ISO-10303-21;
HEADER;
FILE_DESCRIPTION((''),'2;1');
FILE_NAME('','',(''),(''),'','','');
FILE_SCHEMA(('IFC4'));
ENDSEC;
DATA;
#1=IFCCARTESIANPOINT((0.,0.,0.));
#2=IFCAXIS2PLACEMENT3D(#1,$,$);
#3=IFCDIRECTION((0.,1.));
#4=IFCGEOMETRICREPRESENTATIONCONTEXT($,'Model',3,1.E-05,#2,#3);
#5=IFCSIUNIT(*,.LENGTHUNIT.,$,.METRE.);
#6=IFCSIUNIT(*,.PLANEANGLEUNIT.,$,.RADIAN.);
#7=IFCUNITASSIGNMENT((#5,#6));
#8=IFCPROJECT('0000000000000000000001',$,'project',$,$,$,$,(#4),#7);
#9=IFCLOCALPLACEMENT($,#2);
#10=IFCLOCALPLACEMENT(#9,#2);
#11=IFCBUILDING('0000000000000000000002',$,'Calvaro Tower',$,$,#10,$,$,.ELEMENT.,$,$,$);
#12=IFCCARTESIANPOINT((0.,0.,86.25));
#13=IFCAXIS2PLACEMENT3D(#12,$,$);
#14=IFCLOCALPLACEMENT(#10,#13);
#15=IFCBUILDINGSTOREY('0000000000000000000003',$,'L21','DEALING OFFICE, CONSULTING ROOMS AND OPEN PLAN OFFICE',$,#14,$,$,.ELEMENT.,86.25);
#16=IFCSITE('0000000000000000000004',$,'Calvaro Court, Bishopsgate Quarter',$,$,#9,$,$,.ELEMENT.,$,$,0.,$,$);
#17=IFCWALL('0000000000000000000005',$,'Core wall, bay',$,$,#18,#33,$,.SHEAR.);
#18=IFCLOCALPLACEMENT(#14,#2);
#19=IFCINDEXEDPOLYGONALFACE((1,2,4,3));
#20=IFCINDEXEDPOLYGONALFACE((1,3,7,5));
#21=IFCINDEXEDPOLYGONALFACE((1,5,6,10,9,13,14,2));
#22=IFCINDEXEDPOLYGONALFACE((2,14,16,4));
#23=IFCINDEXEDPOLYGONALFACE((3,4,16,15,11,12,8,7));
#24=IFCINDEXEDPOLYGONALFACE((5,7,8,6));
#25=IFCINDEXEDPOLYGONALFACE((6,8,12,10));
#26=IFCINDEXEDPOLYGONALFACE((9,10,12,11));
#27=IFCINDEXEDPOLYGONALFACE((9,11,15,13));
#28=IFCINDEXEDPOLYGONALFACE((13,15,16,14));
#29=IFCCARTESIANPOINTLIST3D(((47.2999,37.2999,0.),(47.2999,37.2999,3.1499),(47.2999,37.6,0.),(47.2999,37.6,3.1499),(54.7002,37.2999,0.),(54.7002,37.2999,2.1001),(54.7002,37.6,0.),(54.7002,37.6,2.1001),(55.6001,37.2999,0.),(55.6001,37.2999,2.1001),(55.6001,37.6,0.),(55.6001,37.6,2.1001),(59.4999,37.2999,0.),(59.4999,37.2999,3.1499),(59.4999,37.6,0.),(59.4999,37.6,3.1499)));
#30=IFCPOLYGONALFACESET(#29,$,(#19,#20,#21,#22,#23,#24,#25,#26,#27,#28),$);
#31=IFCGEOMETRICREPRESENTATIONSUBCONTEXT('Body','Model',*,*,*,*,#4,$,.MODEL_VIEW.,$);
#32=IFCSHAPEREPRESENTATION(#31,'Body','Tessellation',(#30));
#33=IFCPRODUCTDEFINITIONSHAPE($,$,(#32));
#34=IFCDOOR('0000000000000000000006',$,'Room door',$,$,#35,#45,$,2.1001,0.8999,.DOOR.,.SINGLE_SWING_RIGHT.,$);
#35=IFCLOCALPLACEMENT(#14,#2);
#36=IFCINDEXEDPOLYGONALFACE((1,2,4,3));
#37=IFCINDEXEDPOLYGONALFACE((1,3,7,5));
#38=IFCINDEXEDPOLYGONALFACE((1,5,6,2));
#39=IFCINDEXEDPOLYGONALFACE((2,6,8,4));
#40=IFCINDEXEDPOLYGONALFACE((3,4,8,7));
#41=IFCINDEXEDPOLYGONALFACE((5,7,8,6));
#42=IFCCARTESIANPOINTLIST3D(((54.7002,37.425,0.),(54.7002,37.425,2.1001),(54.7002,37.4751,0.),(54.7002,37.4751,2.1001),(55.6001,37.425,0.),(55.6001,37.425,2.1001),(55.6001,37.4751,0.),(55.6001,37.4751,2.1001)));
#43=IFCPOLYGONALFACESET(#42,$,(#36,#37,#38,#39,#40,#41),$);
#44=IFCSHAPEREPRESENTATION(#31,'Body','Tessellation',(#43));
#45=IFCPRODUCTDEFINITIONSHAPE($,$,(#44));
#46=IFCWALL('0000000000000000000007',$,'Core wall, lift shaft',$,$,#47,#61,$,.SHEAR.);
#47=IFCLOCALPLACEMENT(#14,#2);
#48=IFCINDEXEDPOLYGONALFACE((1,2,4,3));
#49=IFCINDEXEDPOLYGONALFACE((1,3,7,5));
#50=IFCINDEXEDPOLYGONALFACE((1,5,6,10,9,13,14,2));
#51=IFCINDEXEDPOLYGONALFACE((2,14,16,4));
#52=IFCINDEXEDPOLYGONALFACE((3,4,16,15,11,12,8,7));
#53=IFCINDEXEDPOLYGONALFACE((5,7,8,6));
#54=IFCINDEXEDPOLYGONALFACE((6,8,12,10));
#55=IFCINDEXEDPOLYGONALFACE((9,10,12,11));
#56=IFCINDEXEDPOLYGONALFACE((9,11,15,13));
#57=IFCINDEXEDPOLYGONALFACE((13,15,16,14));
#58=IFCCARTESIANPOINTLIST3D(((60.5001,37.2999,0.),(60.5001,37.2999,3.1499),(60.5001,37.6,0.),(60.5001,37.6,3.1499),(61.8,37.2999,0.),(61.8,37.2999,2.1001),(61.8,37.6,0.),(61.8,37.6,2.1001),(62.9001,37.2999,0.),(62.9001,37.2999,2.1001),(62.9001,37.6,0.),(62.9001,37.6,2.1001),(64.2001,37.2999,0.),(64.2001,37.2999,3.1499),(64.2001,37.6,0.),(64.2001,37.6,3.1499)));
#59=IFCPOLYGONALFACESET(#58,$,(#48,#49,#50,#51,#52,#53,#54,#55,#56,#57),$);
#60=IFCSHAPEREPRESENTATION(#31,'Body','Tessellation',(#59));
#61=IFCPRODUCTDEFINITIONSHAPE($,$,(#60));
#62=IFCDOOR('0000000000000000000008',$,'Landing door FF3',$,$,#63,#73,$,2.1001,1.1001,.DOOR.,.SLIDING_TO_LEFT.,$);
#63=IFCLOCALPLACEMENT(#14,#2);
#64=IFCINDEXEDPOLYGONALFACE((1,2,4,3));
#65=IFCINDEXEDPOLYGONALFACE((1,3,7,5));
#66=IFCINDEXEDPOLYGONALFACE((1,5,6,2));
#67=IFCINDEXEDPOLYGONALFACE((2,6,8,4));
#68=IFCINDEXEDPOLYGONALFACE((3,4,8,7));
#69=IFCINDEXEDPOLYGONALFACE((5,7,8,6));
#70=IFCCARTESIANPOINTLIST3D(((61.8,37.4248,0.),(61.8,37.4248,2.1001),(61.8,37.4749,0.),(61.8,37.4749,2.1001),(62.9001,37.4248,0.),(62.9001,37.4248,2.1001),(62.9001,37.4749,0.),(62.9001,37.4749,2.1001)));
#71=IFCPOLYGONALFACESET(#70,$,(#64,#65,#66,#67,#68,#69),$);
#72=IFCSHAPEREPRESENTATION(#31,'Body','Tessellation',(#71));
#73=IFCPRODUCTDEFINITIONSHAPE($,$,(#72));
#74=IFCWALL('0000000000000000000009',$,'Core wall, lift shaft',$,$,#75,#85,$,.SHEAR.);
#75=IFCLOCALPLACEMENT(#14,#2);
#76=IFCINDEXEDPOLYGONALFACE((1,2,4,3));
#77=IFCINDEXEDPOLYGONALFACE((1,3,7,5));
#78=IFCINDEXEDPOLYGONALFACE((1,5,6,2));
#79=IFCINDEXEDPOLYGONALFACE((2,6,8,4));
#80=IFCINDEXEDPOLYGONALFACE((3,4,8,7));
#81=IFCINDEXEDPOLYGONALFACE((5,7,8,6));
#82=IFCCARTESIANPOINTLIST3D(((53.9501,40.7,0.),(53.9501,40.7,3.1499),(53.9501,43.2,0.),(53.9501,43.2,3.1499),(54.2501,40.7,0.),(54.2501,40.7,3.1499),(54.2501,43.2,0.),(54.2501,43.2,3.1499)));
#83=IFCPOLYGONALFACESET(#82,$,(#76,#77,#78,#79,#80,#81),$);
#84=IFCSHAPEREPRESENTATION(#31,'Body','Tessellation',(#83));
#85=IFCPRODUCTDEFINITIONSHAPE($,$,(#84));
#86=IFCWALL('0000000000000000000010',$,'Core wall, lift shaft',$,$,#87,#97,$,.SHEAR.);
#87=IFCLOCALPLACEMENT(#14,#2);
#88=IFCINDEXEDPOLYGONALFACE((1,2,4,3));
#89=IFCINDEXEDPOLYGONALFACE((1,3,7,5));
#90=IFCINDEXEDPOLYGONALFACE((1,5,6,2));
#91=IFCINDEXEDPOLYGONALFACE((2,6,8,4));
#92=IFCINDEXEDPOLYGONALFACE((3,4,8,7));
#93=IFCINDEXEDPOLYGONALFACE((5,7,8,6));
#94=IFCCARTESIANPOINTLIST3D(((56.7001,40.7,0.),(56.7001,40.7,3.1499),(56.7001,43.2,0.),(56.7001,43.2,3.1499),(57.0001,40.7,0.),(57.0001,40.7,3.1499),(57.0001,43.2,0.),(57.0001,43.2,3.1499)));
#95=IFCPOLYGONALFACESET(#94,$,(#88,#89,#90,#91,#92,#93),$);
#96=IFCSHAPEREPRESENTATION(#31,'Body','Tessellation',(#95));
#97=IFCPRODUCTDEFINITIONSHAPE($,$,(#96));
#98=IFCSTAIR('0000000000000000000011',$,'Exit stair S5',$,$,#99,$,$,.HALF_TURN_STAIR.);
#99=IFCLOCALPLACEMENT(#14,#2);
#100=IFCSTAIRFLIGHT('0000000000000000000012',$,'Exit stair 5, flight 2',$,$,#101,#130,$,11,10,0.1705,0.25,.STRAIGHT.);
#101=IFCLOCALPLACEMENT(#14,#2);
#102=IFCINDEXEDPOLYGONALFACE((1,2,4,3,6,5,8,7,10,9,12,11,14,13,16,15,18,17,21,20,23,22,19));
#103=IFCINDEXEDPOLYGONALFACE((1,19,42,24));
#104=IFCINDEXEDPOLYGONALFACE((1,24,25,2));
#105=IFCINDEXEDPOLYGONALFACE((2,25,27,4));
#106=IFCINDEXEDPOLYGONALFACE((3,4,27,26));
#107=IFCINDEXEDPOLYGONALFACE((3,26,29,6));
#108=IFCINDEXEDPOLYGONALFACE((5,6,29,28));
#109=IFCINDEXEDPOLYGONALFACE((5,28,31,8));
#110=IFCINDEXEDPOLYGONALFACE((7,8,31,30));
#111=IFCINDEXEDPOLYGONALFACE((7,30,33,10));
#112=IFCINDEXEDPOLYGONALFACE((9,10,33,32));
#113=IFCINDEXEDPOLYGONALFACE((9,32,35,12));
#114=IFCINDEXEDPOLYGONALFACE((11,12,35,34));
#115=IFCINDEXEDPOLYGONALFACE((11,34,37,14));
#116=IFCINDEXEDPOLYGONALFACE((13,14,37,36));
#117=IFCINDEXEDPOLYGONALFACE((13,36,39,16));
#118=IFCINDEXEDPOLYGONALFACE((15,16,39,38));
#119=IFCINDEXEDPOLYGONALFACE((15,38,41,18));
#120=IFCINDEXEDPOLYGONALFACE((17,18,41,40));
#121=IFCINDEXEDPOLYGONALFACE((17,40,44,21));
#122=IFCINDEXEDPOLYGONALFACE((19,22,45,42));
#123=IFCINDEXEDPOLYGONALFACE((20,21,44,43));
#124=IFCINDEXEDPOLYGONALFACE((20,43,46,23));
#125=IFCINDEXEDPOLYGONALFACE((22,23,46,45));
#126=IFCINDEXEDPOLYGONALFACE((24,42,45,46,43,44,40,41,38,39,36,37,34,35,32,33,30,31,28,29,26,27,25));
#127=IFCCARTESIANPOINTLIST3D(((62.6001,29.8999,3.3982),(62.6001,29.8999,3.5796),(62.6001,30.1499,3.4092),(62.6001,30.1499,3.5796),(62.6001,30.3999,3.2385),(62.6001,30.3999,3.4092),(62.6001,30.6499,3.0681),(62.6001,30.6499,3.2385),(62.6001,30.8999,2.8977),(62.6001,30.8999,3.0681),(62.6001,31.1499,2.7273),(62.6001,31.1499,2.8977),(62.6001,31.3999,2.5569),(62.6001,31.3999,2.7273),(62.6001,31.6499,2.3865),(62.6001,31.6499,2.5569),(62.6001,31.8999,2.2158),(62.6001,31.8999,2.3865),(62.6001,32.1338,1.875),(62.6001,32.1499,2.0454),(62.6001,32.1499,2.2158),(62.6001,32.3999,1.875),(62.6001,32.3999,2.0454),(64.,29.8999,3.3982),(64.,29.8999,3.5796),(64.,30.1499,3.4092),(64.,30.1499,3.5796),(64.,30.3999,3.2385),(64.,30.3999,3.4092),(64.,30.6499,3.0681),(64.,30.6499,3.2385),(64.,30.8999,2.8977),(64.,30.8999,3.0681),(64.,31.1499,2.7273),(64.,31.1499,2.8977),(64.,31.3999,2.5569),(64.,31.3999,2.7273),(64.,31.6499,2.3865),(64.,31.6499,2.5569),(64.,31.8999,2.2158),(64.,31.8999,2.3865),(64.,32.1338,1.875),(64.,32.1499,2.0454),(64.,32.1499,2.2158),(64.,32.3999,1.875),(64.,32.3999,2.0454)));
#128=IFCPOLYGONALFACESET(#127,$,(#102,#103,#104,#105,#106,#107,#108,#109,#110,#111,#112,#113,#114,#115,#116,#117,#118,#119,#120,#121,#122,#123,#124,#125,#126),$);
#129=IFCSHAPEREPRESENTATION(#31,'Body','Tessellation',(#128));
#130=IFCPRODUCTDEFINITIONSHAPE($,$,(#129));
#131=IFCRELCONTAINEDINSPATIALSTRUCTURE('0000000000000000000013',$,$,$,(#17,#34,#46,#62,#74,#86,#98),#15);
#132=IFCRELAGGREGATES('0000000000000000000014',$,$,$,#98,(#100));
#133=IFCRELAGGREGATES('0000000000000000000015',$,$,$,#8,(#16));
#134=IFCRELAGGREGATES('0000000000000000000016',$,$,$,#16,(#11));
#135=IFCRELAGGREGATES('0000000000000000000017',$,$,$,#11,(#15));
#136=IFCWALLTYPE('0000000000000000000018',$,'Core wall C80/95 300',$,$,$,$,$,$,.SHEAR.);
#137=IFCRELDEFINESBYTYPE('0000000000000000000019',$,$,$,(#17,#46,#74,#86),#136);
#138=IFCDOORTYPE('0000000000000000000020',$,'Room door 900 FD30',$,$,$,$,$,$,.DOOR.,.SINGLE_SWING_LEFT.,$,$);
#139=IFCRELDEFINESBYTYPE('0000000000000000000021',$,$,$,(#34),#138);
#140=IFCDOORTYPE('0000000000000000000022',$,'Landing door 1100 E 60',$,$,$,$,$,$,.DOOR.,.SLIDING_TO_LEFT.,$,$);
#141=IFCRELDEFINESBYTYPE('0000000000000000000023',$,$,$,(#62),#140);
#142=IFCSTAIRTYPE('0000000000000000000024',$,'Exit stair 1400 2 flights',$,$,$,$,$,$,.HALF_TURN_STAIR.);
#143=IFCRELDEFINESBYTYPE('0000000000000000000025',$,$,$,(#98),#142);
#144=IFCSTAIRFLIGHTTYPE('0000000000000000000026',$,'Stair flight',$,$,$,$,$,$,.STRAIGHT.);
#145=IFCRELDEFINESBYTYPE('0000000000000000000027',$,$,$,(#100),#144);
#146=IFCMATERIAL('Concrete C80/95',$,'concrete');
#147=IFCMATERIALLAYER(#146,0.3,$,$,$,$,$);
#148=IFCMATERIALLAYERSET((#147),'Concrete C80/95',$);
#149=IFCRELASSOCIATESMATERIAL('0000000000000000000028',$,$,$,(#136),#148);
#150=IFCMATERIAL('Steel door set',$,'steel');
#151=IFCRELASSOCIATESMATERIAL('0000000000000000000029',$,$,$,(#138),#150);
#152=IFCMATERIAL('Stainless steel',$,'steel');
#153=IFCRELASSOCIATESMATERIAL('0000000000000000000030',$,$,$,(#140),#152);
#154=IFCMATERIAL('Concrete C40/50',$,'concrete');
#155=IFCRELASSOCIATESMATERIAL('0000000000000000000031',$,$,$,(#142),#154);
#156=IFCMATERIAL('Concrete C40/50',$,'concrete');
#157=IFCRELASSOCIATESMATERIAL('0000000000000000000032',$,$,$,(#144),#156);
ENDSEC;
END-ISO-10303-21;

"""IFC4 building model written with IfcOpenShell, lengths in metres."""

from ifc_helpers import new_model, si_unit, direction, frame, frame_2d, origin, place, context, subcontext, project, spatial, polyline, rectangle, outline, extrude, material, layer, layer_set, type_object, element, fill, aggregate, save


model = new_model("IFC4")

# Units and contexts
model_context = context("Model", 3, precision=1e-05, world=origin(), true_north=direction((0.0, 1.0)))
body_context = subcontext(model_context, "Body", "Model", "MODEL_VIEW")
ifc_project = project(units=[si_unit("LENGTHUNIT", "METRE"), si_unit("PLANEANGLEUNIT", "RADIAN")], contexts=[model_context])

# Site, building, storey
site_placement = place(None, origin())
site = spatial("IfcSite", under=ifc_project, at=site_placement, Name="Calvaro Court, Bishopsgate Quarter", CompositionType="ELEMENT", RefElevation=0.0)
building_placement = place(site_placement, origin())
building = spatial("IfcBuilding", under=site, at=building_placement, Name="Calvaro Tower", CompositionType="ELEMENT")
storey_placement = place(building_placement, frame((0.0, 0.0, 86.25)))
storey = spatial("IfcBuildingStorey", under=building, at=storey_placement, Name="L21", Description="DEALING OFFICE, CONSULTING ROOMS AND OPEN PLAN OFFICE", CompositionType="ELEMENT", Elevation=86.25)

# Shared definitions
ifc_material_1 = material(Name="Concrete C80/95", Category="concrete")
ifc_layer_1 = layer(ifc_material_1, 0.3)
ifc_layer_set_1 = layer_set([ifc_layer_1], Name="Concrete C80/95")
wall_type_1 = type_object("IfcWallType", Name="Core wall C80/95 300", PredefinedType="SHEAR", material=ifc_layer_set_1)

# Walls, openings, doors
wall_1_placement = place(storey_placement, frame((59.5, 37.45, 0.0), z_axis=(0.0, 0.0, 1.0), x_axis=(-1.0, 0.0, 0.0)))
wall_1 = element("IfcWall", 1, at=wall_1_placement, inside=storey, type_object=wall_type_1, Name="Core wall, bay", PredefinedType="SHEAR", context=body_context, shape_type="SweptSolid", body=[
    extrude(rectangle(XDim=12.2, YDim=0.3, at=frame_2d((6.1001, 0.0))), origin(), (0.0, 0.0, 1.0), 3.1499),
])
opening_1_placement = place(wall_1_placement, frame((3.8999, 0.0, 0.0)))
opening_1 = element("IfcOpeningElement", 2, at=opening_1_placement, cuts=wall_1, PredefinedType="OPENING", context=body_context, shape_type="SweptSolid", body=[
    extrude(rectangle(XDim=0.8999, YDim=2.1001, at=frame_2d((0.45, 1.05))), frame((0.0, 0.1599, 0.0), z_axis=(0.0, -1.0, 0.0), x_axis=(1.0, 0.0, 0.0)), (0.0, 0.0, 1.0), 0.3201),
])
ifc_material_2 = material(Name="Steel door set", Category="steel")
door_type_1 = type_object("IfcDoorType", Name="Room door 900 FD30", OperationType="SINGLE_SWING_LEFT", PredefinedType="DOOR", material=ifc_material_2)
door_1_placement = place(opening_1_placement, origin())
door_1 = element("IfcDoor", 3, at=door_1_placement, inside=storey, type_object=door_type_1, Name="Room door", OperationType="SINGLE_SWING_RIGHT", OverallHeight=2.1001, OverallWidth=0.8999, PredefinedType="DOOR", context=body_context, shape_type="SweptSolid", body=[
    extrude(rectangle(XDim=0.8999, YDim=2.1001, at=frame_2d((0.45, 1.05))), frame((0.0, 0.0249, 0.0), z_axis=(0.0, -1.0, 0.0), x_axis=(1.0, 0.0, 0.0)), (0.0, 0.0, 1.0), 0.05),
])
fill(opening_1, door_1)
wall_2_placement = place(storey_placement, frame((60.5, 37.45, 0.0), z_axis=(0.0, 0.0, 1.0), x_axis=(1.0, 0.0, 0.0)))
wall_2 = element("IfcWall", 4, at=wall_2_placement, inside=storey, type_object=wall_type_1, Name="Core wall, lift shaft", PredefinedType="SHEAR", context=body_context, shape_type="SweptSolid", body=[
    extrude(rectangle(XDim=3.7, YDim=0.3, at=frame_2d((1.8501, 0.0))), origin(), (0.0, 0.0, 1.0), 3.1499),
])
opening_2_placement = place(wall_2_placement, frame((1.3, 0.0, 0.0)))
opening_2 = element("IfcOpeningElement", 5, at=opening_2_placement, cuts=wall_2, PredefinedType="OPENING", context=body_context, shape_type="SweptSolid", body=[
    extrude(rectangle(XDim=1.1001, YDim=2.1001, at=frame_2d((0.55, 1.05))), frame((0.0, 0.1599, 0.0), z_axis=(0.0, -1.0, 0.0), x_axis=(1.0, 0.0, 0.0)), (0.0, 0.0, 1.0), 0.3201),
])
ifc_material_3 = material(Name="Stainless steel", Category="steel")
door_type_2 = type_object("IfcDoorType", Name="Landing door 1100 E 60", OperationType="SLIDING_TO_LEFT", PredefinedType="DOOR", material=ifc_material_3)
door_2_placement = place(opening_2_placement, origin())
door_2 = element("IfcDoor", 6, at=door_2_placement, inside=storey, type_object=door_type_2, Name="Landing door FF3", OperationType="SLIDING_TO_LEFT", OverallHeight=2.1001, OverallWidth=1.1001, PredefinedType="DOOR", context=body_context, shape_type="SweptSolid", body=[
    extrude(rectangle(XDim=1.1001, YDim=2.1001, at=frame_2d((0.55, 1.05))), frame((0.0, 0.0249, 0.0), z_axis=(0.0, -1.0, 0.0), x_axis=(1.0, 0.0, 0.0)), (0.0, 0.0, 1.0), 0.05),
])
fill(opening_2, door_2)

# Walls
for number, where, z_axis, x_axis, name in (
    (7, (54.1001, 40.7, 0.0), (0.0, 0.0, 1.0), (0.0, 1.0, 0.0), "Core wall, lift shaft"),
    (8, (56.8501, 40.7, 0.0), (0.0, 0.0, 1.0), (0.0, 1.0, 0.0), "Core wall, lift shaft"),
):
    element("IfcWall", number, at=place(storey_placement, frame(where, z_axis=z_axis, x_axis=x_axis)), inside=storey, type_object=wall_type_1, Name=name, PredefinedType="SHEAR", context=body_context, shape_type="SweptSolid", body=[
        extrude(rectangle(XDim=2.5, YDim=0.3, at=frame_2d((1.25, 0.0))), origin(), (0.0, 0.0, 1.0), 3.1499),
    ])

# Stair, stair flight
ifc_material_4 = material(Name="Concrete C40/50", Category="concrete")
stair_type = type_object("IfcStairType", Name="Exit stair 1400 2 flights", PredefinedType="HALF_TURN_STAIR", material=ifc_material_4)
stair_1_placement = place(storey_placement, origin())
stair_1 = element("IfcStair", 9, at=stair_1_placement, inside=storey, type_object=stair_type, Name="Exit stair S5", PredefinedType="HALF_TURN_STAIR")
ifc_material_5 = material(Name="Concrete C40/50", Category="concrete")
stair_flight_type = type_object("IfcStairFlightType", Name="Stair flight", PredefinedType="STRAIGHT", material=ifc_material_5)
stair_flight_placement = place(storey_placement, frame((63.3, 32.3999, 1.875), z_axis=(0.0, 0.0, 1.0), x_axis=(0.0, -1.0, 0.0)))
stair_flight = element("IfcStairFlight", 10, at=stair_flight_placement, type_object=stair_flight_type, Name="Exit stair 5, flight 2", NumberOfRisers=11, NumberOfTreads=10, PredefinedType="STRAIGHT", RiserHeight=0.1705, TreadLength=0.25, context=body_context, shape_type="SweptSolid", body=[
    extrude(outline(polyline([(0.0, 0.0), (0.0, 0.1704), (0.25, 0.1704), (0.25, 0.3408), (0.5, 0.3408), (0.5, 0.5115), (0.75, 0.5115), (0.75, 0.6819), (1.0, 0.6819), (1.0, 0.8523), (1.25, 0.8523), (1.25, 1.0227), (1.5, 1.0227), (1.5, 1.1931), (1.75, 1.1931), (1.75, 1.3635), (2.0, 1.3635), (2.0, 1.5342), (2.25, 1.5342), (2.25, 1.7046), (2.5, 1.7046), (2.5, 1.875), (2.5, 1.5232), (0.2661, 0.0), (0.0, 0.0)])), frame((0.0, 0.7, 0.0), z_axis=(0.0, -1.0, 0.0), x_axis=(1.0, 0.0, 0.0)), (0.0, 0.0, 1.0), 1.3999),
])

aggregate(stair_1, [stair_flight])

save(model, "model.ifc")
